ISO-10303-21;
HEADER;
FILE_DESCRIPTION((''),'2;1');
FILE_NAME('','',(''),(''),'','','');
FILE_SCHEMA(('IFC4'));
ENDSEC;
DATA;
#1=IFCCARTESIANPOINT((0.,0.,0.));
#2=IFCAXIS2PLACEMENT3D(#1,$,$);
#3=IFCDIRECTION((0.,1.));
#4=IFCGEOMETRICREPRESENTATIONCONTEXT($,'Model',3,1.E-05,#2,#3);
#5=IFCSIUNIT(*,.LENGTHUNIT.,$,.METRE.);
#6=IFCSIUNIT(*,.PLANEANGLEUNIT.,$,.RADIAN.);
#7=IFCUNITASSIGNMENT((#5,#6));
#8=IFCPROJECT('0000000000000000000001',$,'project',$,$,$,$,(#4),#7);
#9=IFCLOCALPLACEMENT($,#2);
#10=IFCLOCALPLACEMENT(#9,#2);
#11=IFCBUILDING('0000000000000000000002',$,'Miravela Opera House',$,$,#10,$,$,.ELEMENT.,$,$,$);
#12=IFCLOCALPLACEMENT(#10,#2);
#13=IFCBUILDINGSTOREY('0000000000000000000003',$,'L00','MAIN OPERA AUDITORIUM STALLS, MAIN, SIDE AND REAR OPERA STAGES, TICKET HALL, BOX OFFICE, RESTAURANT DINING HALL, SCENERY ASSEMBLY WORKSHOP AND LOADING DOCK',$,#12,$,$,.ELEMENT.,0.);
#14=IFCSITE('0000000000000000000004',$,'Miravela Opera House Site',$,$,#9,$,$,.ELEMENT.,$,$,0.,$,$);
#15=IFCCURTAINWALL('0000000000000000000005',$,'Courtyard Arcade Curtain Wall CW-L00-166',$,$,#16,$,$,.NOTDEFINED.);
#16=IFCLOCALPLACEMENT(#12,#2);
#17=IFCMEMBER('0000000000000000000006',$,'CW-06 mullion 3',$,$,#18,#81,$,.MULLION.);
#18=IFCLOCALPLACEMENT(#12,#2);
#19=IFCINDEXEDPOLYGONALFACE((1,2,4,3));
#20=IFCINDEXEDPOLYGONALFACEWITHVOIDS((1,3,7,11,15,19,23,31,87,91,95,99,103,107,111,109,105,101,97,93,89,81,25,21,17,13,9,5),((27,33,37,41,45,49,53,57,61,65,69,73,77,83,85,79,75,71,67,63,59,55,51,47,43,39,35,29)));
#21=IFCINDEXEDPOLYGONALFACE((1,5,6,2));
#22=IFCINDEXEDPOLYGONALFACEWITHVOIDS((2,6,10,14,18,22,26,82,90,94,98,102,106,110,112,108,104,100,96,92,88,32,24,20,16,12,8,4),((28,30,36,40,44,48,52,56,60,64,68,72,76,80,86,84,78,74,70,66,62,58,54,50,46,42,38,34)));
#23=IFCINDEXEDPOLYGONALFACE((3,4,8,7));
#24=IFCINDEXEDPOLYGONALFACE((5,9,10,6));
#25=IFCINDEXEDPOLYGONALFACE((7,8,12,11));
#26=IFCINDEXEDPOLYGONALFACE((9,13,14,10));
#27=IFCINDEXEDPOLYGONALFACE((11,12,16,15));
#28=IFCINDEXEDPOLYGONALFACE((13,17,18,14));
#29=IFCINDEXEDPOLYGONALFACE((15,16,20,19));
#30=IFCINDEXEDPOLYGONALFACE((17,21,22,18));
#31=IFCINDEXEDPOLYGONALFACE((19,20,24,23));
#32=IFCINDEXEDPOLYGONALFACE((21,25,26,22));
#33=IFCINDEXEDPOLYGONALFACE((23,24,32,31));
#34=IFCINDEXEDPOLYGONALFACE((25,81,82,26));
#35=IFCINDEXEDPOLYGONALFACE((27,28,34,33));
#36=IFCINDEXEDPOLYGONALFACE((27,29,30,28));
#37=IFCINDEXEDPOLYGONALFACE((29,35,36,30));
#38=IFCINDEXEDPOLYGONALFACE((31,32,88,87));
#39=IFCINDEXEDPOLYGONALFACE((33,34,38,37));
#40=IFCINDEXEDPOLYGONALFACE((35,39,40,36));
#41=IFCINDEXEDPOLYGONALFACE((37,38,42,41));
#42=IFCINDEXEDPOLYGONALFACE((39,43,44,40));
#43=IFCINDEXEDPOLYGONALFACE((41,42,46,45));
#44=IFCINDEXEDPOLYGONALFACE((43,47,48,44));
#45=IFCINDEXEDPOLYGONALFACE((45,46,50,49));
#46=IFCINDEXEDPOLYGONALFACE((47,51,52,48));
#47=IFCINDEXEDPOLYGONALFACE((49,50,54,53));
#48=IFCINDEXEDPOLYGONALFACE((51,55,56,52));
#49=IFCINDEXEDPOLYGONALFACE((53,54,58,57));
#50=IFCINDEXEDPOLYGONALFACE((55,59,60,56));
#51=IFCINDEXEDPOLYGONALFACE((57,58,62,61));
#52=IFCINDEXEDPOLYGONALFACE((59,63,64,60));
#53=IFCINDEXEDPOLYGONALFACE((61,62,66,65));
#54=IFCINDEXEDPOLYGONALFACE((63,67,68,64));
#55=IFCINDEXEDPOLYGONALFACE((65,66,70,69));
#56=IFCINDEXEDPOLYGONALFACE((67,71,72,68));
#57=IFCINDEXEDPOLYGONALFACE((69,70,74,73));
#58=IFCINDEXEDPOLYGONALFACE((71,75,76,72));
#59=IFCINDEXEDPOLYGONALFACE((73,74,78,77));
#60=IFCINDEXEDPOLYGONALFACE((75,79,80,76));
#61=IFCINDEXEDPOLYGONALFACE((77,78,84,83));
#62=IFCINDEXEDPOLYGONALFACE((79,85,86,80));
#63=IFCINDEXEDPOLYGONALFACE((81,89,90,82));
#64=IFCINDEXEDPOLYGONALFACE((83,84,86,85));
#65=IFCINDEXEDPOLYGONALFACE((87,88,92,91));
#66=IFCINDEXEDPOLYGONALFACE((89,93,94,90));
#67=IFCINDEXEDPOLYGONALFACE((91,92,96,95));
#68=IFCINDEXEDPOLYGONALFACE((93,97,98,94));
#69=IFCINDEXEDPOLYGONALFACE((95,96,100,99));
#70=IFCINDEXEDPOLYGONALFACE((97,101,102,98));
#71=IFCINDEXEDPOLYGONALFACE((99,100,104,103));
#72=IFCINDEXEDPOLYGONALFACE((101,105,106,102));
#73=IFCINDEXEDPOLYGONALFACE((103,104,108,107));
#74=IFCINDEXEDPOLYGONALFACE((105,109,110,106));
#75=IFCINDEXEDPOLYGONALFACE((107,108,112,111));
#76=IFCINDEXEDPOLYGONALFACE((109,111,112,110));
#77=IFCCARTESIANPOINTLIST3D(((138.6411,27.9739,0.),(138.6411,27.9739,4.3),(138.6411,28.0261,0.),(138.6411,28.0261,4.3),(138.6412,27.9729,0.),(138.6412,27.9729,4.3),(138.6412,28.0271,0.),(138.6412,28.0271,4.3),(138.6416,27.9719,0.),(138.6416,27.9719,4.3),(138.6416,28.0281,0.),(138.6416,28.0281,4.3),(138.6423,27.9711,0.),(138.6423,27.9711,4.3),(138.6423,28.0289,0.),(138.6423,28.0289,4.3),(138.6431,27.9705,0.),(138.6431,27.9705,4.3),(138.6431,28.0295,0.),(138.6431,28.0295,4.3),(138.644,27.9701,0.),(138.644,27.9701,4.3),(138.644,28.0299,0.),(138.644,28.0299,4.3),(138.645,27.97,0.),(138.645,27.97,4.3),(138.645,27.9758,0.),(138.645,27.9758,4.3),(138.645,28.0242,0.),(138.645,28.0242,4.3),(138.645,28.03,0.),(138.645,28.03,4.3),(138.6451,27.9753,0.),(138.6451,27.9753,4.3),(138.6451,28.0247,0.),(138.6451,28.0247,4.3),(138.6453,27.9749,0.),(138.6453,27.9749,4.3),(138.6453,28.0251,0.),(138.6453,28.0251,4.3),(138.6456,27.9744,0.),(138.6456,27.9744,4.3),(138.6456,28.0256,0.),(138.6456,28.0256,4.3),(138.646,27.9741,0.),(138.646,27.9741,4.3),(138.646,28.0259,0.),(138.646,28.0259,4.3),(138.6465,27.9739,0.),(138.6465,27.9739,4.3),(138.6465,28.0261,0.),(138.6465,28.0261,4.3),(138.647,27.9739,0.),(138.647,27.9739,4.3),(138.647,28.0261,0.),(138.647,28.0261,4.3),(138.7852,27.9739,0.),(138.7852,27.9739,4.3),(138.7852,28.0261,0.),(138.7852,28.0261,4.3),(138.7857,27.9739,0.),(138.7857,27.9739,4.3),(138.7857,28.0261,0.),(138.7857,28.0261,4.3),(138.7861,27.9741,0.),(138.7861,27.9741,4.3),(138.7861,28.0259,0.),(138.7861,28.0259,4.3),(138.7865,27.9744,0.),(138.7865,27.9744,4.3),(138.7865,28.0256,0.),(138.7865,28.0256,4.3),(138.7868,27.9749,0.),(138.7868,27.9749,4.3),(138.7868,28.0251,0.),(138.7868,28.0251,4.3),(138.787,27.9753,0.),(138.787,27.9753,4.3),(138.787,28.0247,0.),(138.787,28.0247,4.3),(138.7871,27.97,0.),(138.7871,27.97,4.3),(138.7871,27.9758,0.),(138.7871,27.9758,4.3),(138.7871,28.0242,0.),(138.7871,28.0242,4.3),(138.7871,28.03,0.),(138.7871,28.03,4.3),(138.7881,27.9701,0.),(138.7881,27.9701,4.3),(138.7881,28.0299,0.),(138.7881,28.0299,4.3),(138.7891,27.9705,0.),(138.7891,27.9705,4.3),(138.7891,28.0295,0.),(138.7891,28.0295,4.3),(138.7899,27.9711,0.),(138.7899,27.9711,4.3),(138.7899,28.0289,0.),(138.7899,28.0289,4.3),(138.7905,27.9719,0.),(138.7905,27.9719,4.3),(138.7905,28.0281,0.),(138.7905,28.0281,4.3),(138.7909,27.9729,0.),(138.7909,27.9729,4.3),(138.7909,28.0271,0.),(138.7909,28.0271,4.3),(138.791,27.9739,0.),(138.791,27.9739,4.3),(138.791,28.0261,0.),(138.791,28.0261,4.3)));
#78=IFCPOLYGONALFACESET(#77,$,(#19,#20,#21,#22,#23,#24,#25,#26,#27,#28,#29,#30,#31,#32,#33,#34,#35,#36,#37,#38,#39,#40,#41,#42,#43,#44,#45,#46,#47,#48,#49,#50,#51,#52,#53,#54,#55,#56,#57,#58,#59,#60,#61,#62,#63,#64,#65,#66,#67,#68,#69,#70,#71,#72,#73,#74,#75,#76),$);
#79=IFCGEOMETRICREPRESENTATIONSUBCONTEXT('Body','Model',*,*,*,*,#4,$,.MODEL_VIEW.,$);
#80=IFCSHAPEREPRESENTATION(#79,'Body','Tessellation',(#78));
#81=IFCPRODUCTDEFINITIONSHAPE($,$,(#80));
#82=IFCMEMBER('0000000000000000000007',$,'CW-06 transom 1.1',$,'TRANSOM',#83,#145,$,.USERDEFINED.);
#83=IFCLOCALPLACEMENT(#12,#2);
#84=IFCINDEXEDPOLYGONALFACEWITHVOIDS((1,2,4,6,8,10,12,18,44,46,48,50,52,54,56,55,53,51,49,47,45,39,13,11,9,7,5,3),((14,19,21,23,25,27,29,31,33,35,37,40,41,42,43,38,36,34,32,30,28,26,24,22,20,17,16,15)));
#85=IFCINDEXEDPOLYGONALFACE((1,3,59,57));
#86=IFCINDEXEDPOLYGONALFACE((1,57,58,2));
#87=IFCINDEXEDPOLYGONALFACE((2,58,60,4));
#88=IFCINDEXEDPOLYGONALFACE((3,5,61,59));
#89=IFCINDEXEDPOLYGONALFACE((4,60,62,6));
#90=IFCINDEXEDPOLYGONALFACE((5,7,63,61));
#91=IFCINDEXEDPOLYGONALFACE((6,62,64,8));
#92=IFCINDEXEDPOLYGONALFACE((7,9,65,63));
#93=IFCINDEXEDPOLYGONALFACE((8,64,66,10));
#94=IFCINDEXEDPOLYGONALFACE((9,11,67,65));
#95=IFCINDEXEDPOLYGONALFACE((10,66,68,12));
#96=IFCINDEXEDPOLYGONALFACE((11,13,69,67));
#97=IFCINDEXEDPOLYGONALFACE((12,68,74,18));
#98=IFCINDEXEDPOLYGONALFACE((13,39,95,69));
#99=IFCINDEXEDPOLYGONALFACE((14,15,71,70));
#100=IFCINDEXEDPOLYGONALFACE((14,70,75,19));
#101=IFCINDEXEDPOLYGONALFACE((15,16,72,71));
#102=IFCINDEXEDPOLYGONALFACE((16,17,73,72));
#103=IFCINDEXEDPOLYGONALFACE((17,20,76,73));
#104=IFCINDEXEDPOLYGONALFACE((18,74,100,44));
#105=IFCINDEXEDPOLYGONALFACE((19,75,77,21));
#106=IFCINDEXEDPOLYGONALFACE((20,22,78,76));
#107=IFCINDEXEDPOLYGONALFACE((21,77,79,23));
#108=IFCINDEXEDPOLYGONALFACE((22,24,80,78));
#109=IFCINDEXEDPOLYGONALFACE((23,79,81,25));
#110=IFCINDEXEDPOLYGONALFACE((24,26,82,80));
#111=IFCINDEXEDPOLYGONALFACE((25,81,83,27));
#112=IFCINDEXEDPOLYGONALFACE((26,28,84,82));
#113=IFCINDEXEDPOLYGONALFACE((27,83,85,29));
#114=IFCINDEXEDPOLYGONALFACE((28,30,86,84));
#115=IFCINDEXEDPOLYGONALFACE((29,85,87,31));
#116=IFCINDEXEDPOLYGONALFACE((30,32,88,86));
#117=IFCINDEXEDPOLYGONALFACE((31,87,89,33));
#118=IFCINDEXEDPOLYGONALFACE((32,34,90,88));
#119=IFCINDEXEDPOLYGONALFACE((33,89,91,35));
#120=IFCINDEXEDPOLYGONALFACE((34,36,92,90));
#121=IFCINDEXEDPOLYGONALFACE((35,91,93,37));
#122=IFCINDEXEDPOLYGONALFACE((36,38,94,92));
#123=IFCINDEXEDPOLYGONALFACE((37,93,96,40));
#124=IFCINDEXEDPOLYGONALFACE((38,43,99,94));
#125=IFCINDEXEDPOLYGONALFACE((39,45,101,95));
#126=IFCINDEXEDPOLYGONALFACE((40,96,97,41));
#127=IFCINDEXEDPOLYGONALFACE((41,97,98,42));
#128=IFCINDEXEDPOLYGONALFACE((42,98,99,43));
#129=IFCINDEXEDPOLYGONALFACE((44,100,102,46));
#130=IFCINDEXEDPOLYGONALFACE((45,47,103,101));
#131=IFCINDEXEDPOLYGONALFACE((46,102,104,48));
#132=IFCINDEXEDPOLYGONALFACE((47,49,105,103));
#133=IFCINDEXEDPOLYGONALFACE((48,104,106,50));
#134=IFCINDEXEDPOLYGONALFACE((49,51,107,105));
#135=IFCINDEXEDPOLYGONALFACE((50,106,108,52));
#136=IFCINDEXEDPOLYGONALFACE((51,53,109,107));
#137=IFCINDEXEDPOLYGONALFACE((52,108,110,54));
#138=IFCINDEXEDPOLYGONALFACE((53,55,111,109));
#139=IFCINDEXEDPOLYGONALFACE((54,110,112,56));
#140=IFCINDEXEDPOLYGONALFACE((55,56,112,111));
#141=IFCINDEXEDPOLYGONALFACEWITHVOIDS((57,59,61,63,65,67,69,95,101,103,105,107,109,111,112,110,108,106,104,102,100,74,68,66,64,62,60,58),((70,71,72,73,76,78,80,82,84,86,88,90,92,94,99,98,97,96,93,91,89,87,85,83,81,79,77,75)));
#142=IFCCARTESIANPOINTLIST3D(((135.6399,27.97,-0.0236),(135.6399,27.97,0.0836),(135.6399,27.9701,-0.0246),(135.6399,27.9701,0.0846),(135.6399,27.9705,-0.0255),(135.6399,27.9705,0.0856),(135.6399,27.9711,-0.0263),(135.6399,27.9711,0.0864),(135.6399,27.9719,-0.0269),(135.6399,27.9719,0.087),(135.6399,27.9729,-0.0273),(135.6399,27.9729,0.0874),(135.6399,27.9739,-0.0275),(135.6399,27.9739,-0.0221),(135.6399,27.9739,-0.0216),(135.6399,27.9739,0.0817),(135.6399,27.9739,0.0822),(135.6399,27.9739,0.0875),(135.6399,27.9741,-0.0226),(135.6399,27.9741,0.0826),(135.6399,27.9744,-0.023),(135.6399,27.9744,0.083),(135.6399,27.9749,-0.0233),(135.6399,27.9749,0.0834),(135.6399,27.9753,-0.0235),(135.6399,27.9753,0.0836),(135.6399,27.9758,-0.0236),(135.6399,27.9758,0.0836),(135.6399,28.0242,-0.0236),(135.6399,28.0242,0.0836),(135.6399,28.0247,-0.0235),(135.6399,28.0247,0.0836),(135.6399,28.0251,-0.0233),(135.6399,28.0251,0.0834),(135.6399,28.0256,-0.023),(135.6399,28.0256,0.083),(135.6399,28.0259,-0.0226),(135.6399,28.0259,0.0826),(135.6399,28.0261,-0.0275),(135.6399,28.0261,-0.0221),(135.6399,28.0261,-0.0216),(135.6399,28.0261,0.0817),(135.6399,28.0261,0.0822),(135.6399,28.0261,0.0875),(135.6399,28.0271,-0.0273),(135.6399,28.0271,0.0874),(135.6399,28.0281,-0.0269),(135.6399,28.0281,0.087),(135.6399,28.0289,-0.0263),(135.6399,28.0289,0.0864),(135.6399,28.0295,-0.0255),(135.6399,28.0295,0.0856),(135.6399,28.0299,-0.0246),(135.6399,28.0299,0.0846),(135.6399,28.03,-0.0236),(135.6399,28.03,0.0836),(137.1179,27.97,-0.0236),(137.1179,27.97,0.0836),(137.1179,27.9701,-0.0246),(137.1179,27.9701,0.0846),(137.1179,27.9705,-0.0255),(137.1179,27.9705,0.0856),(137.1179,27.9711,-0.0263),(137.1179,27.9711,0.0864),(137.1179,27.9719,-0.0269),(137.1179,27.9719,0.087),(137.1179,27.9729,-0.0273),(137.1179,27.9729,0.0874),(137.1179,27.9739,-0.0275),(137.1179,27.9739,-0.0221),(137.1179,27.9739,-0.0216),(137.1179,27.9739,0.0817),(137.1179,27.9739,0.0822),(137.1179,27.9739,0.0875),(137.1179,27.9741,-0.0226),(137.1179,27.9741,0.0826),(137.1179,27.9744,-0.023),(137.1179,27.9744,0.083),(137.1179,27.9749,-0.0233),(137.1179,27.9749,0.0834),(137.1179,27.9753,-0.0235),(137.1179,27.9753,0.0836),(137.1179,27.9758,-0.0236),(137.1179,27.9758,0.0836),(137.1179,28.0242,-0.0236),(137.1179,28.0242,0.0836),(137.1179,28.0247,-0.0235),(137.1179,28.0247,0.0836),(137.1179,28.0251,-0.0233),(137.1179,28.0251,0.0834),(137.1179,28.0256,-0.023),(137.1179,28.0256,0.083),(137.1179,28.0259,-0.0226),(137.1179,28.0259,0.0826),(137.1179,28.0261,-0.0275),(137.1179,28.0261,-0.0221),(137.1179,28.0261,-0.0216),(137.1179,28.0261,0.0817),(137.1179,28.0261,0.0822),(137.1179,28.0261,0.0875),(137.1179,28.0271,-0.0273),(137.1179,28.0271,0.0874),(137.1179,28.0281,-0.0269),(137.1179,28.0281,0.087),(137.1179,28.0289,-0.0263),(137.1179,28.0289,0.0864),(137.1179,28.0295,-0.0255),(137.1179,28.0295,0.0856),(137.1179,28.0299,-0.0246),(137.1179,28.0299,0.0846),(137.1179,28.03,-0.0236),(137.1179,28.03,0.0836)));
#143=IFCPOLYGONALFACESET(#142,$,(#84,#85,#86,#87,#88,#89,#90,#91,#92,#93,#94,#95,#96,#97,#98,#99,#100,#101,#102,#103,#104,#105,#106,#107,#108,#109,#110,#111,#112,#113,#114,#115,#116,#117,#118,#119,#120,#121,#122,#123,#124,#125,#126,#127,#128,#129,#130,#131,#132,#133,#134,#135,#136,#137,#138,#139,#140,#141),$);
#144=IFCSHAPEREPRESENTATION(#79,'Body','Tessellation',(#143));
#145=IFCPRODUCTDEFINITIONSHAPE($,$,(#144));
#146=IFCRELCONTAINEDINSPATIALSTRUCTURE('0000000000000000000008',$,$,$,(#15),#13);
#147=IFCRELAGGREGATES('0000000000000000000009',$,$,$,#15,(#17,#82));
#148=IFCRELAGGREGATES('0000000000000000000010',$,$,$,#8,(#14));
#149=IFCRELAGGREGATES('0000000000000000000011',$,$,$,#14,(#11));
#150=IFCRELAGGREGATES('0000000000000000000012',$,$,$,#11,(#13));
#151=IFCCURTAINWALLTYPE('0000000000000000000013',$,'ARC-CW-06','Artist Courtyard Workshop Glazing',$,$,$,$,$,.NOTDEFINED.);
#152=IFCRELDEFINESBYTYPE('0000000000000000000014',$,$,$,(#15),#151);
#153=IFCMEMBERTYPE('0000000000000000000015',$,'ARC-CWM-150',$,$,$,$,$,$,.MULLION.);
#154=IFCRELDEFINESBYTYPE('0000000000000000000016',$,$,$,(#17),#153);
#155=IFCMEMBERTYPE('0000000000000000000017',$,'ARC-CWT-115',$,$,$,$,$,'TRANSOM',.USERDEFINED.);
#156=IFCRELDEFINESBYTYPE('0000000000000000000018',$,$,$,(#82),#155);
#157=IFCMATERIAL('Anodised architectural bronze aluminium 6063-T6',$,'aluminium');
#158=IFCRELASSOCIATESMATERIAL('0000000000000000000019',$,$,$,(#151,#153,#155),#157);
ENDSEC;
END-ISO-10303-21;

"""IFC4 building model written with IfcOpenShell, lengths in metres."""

from ifc_helpers import new_model, si_unit, direction, frame, origin, origin_2d, place, context, subcontext, project, spatial, hollow_rectangle, extrude, material, material_profile, profile_set, type_object, element, aggregate, save


model = new_model("IFC4")

# Units and contexts
model_context = context("Model", 3, precision=1e-05, world=origin(), true_north=direction((0.0, 1.0)))
body_context = subcontext(model_context, "Body", "Model", "MODEL_VIEW")
ifc_project = project(units=[si_unit("LENGTHUNIT", "METRE"), si_unit("PLANEANGLEUNIT", "RADIAN")], contexts=[model_context])

# Site, building, storey
site_placement = place(None, origin())
site = spatial("IfcSite", under=ifc_project, at=site_placement, Name="Miravela Opera House Site", CompositionType="ELEMENT", RefElevation=0.0)
building_placement = place(site_placement, origin())
building = spatial("IfcBuilding", under=site, at=building_placement, Name="Miravela Opera House", CompositionType="ELEMENT")
storey_placement = place(building_placement, origin())
storey = spatial("IfcBuildingStorey", under=building, at=storey_placement, Name="L00", Description="MAIN OPERA AUDITORIUM STALLS, MAIN, SIDE AND REAR OPERA STAGES, TICKET HALL, BOX OFFICE, RESTAURANT DINING HALL, SCENERY ASSEMBLY WORKSHOP AND LOADING DOCK", CompositionType="ELEMENT", Elevation=0.0)

# Curtain wall, members
ifc_material_1 = material(Name="Anodised architectural bronze aluminium 6063-T6", Category="aluminium")
curtain_wall_type = type_object("IfcCurtainWallType", Name="ARC-CW-06", Description="Artist Courtyard Workshop Glazing", PredefinedType="NOTDEFINED", material=ifc_material_1)
curtain_wall_placement = place(storey_placement, origin())
curtain_wall = element("IfcCurtainWall", 1, at=curtain_wall_placement, inside=storey, type_object=curtain_wall_type, Name="Courtyard Arcade Curtain Wall CW-L00-166", PredefinedType="NOTDEFINED")
ifc_material_profile_1 = material_profile(ifc_material_1, hollow_rectangle(XDim=0.0601, YDim=0.1499, WallThickness=0.0039, InnerFilletRadius=0.002, OuterFilletRadius=0.0039, at=origin_2d()), Name="CWM-60X150")
ifc_profile_set_1 = profile_set([ifc_material_profile_1])
member_type_1 = type_object("IfcMemberType", Name="ARC-CWM-150", PredefinedType="MULLION", material=ifc_profile_set_1)
member_1_placement = place(storey_placement, frame((138.7161, 28.0, 0.0), z_axis=(0.0, 0.0, 1.0), x_axis=(0.0, 1.0, 0.0)))
member_1 = element("IfcMember", 2, at=member_1_placement, type_object=member_type_1, Name="CW-06 mullion 3", PredefinedType="MULLION", context=body_context, shape_type="SweptSolid", body=[
    extrude(hollow_rectangle(XDim=0.0601, YDim=0.1499, WallThickness=0.0039, InnerFilletRadius=0.002, OuterFilletRadius=0.0039, at=origin_2d()), origin(), (0.0, 0.0, 1.0), 4.3),
])
ifc_material_profile_2 = material_profile(ifc_material_1, hollow_rectangle(XDim=0.0601, YDim=0.115, WallThickness=0.0039, InnerFilletRadius=0.002, OuterFilletRadius=0.0039, at=origin_2d()), Name="CWT-60X115")
ifc_profile_set_2 = profile_set([ifc_material_profile_2])
member_type_2 = type_object("IfcMemberType", Name="ARC-CWT-115", ElementType="TRANSOM", PredefinedType="USERDEFINED", material=ifc_profile_set_2)
member_2_placement = place(storey_placement, frame((135.6399, 28.0, 0.03), z_axis=(1.0, 0.0, 0.0), x_axis=(0.0, 1.0, 0.0)))
member_2 = element("IfcMember", 3, at=member_2_placement, type_object=member_type_2, Name="CW-06 transom 1.1", ObjectType="TRANSOM", PredefinedType="USERDEFINED", context=body_context, shape_type="SweptSolid", body=[
    extrude(hollow_rectangle(XDim=0.0601, YDim=0.115, WallThickness=0.0039, InnerFilletRadius=0.002, OuterFilletRadius=0.0039, at=origin_2d()), origin(), (0.0, 0.0, 1.0), 1.478),
])
aggregate(curtain_wall, [member_1, member_2])

save(model, "model.ifc")
